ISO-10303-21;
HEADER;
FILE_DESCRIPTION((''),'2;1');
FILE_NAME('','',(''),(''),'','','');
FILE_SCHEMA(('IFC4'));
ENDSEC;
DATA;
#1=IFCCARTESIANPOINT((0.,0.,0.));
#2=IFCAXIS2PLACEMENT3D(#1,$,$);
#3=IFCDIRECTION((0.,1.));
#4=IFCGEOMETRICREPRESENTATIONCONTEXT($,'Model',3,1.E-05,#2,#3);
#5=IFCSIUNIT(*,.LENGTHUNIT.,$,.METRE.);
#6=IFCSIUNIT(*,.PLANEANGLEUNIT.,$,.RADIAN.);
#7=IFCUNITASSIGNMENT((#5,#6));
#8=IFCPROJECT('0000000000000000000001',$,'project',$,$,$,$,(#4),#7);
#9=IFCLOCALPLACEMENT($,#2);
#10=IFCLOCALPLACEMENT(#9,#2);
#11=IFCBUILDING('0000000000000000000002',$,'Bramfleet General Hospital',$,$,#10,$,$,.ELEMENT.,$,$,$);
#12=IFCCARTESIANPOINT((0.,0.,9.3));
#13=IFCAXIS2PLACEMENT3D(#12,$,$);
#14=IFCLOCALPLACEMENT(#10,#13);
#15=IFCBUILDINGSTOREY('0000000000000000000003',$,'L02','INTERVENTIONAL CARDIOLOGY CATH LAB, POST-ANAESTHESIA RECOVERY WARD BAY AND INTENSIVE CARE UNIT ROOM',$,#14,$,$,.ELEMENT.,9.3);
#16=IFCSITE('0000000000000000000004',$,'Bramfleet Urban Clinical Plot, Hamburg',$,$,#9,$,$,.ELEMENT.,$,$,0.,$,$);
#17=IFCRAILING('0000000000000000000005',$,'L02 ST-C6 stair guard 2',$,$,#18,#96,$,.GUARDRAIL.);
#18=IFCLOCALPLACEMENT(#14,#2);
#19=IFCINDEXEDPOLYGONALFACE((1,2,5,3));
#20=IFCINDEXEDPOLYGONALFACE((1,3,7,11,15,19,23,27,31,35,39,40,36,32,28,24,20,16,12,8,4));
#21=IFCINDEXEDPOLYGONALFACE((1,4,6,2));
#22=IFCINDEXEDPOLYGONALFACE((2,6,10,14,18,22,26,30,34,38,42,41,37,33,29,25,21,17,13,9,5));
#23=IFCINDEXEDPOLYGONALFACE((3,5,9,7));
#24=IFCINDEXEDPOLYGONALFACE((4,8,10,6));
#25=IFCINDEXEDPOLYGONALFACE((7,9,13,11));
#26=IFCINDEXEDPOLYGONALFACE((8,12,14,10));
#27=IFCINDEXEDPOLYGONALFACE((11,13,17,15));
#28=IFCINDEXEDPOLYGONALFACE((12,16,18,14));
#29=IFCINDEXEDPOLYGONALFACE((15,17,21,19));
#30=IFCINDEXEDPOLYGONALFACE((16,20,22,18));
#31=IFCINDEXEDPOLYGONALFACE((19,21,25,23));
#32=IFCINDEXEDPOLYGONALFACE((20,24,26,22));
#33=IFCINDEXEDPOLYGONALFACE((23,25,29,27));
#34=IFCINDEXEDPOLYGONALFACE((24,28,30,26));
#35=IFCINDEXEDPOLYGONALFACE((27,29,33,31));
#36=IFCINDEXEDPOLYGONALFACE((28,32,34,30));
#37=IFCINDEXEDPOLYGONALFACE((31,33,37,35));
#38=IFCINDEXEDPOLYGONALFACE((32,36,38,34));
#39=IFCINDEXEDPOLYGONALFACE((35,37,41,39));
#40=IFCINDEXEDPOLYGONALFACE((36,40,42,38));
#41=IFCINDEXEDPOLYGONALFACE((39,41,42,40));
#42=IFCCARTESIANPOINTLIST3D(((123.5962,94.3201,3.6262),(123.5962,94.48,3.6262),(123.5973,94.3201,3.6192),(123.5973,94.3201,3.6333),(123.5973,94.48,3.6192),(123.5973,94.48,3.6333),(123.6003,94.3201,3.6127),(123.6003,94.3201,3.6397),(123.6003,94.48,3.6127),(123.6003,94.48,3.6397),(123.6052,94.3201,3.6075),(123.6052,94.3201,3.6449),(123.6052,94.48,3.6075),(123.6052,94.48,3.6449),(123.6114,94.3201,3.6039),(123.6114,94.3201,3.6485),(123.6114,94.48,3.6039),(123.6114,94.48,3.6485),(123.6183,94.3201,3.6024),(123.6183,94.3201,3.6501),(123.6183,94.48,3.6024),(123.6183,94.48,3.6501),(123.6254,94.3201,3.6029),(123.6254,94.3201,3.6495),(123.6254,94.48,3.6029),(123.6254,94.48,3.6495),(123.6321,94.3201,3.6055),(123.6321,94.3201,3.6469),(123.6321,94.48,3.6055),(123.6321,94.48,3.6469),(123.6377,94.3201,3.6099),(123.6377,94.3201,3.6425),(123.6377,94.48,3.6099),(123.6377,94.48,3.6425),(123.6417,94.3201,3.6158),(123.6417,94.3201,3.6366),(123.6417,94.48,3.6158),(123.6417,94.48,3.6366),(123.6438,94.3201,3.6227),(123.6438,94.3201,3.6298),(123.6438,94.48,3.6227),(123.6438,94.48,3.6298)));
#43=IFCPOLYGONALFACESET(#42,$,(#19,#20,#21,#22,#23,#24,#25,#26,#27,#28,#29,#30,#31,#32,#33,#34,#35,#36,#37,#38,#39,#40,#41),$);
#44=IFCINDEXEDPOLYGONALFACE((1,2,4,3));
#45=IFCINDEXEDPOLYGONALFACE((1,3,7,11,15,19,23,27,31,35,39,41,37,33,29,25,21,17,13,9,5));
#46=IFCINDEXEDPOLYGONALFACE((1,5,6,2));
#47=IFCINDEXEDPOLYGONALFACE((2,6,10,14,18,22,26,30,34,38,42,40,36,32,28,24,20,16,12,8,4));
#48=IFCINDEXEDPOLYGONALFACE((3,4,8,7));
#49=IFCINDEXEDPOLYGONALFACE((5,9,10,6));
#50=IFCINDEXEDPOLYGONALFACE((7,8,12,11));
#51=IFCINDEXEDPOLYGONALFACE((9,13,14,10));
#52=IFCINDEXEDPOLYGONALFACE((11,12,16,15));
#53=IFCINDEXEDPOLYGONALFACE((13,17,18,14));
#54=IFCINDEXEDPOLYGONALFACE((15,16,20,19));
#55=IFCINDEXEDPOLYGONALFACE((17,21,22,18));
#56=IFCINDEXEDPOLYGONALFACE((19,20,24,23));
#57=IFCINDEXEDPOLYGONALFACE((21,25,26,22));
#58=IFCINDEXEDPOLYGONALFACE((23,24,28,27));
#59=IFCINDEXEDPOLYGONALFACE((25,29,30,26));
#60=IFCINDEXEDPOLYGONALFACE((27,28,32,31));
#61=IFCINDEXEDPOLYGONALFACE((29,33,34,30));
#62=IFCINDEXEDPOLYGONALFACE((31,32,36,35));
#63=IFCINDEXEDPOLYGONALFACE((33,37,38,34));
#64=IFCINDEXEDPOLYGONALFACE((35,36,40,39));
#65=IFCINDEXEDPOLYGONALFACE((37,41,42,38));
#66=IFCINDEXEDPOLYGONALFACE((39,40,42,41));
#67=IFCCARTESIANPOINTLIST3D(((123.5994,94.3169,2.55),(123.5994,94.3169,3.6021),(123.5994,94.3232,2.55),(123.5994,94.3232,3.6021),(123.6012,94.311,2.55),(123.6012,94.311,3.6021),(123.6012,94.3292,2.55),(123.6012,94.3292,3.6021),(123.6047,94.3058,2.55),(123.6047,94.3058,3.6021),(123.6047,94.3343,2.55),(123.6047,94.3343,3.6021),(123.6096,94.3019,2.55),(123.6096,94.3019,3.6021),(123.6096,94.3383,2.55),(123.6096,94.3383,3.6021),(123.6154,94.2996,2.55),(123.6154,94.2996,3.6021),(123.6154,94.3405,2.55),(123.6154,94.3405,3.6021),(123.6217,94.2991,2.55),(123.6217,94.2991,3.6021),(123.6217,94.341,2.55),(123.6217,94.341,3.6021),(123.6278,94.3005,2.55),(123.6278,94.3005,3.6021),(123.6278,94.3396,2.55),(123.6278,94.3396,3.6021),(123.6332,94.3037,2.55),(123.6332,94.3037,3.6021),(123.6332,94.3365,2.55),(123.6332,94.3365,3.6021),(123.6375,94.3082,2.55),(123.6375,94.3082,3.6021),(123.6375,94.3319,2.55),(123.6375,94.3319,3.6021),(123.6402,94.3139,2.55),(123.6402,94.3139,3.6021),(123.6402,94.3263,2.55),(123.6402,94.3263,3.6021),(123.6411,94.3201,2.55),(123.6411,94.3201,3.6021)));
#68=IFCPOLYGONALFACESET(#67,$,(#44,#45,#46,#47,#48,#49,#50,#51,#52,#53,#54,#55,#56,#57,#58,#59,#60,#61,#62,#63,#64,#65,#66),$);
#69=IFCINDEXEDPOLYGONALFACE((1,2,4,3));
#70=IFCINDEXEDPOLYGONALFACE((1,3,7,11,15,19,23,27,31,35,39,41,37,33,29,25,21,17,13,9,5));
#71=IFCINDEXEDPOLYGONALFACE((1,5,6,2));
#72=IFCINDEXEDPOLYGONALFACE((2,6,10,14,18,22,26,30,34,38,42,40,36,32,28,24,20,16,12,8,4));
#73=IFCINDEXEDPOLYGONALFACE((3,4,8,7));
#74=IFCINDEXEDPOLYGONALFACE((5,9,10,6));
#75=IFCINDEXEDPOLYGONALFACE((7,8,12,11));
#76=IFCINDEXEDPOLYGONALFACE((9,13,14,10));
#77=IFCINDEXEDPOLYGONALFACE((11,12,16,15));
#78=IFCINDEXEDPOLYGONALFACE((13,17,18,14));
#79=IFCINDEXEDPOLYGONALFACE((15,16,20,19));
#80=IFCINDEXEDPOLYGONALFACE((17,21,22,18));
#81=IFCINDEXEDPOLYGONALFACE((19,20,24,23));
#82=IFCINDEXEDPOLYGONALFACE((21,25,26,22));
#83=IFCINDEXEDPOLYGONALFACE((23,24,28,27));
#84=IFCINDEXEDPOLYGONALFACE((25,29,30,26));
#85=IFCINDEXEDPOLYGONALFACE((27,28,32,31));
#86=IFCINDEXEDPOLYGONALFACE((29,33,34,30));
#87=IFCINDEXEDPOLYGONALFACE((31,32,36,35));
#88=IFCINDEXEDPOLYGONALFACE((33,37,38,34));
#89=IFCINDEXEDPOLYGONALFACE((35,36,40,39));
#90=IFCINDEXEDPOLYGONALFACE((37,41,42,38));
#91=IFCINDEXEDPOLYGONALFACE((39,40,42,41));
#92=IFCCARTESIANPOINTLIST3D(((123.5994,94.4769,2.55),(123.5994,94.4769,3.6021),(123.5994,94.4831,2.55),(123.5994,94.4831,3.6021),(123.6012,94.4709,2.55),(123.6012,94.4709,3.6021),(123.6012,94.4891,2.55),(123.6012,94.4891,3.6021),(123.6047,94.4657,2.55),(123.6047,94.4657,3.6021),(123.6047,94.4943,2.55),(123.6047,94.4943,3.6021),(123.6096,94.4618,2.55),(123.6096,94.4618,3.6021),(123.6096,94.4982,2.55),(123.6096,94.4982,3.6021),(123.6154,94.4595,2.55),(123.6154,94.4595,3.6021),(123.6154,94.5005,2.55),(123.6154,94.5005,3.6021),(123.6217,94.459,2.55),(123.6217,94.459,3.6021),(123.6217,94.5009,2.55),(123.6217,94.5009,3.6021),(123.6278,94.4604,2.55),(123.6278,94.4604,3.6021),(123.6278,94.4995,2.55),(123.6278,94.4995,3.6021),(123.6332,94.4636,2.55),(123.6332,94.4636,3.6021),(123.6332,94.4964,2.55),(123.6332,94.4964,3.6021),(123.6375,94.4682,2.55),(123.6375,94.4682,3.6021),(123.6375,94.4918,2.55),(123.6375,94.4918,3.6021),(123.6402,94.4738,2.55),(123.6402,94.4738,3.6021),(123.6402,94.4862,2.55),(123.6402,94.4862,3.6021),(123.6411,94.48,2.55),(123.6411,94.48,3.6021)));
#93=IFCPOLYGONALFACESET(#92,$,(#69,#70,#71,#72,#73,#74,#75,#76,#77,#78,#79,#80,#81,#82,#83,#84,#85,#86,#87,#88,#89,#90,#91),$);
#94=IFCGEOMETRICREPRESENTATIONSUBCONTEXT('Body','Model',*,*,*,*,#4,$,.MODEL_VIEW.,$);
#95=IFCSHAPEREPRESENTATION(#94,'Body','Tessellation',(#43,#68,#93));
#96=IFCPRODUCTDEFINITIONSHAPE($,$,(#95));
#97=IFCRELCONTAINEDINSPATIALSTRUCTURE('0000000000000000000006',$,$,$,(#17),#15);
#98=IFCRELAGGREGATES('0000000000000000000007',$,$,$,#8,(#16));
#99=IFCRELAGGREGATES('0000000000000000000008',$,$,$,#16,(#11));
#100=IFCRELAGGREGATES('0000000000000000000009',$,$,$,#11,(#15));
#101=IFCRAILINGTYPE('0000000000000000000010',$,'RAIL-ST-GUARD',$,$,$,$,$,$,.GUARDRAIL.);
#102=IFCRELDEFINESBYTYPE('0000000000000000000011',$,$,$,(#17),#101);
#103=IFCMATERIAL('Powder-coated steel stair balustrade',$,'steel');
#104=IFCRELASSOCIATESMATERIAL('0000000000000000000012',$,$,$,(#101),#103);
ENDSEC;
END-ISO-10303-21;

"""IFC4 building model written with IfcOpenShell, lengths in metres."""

from ifc_helpers import new_model, si_unit, direction, frame, origin, origin_2d, place, context, subcontext, project, spatial, circle, extrude, material, type_object, element, save


model = new_model("IFC4")

# Units and contexts
model_context = context("Model", 3, precision=1e-05, world=origin(), true_north=direction((0.0, 1.0)))
body_context = subcontext(model_context, "Body", "Model", "MODEL_VIEW")
ifc_project = project(units=[si_unit("LENGTHUNIT", "METRE"), si_unit("PLANEANGLEUNIT", "RADIAN")], contexts=[model_context])

# Site, building, storey
site_placement = place(None, origin())
site = spatial("IfcSite", under=ifc_project, at=site_placement, Name="Bramfleet Urban Clinical Plot, Hamburg", CompositionType="ELEMENT", RefElevation=0.0)
building_placement = place(site_placement, origin())
building = spatial("IfcBuilding", under=site, at=building_placement, Name="Bramfleet General Hospital", CompositionType="ELEMENT")
storey_placement = place(building_placement, frame((0.0, 0.0, 9.3)))
storey = spatial("IfcBuildingStorey", under=building, at=storey_placement, Name="L02", Description="INTERVENTIONAL CARDIOLOGY CATH LAB, POST-ANAESTHESIA RECOVERY WARD BAY AND INTENSIVE CARE UNIT ROOM", CompositionType="ELEMENT", Elevation=9.3)

# Railing
ifc_material_1 = material(Name="Powder-coated steel stair balustrade", Category="steel")
railing_type = type_object("IfcRailingType", Name="RAIL-ST-GUARD", PredefinedType="GUARDRAIL", material=ifc_material_1)
railing_1_placement = place(storey_placement, frame((123.6201, 94.3201, 2.55)))
element("IfcRailing", 1, at=railing_1_placement, inside=storey, type_object=railing_type, Name="L02 ST-C6 stair guard 2", PredefinedType="GUARDRAIL", context=body_context, shape_type="SweptSolid", body=[
    extrude(circle(Radius=0.0239, at=origin_2d()), frame((0.0, 0.0, 1.0762), z_axis=(0.0, 1.0, 0.0), x_axis=(-1.0, 0.0, 0.0)), (0.0, 0.0, 1.0), 0.1599),
    extrude(circle(Radius=0.021, at=origin_2d()), origin(), (0.0, 0.0, 1.0), 1.052),
    extrude(circle(Radius=0.021, at=origin_2d()), frame((0.0, 0.1599, 0.0)), (0.0, 0.0, 1.0), 1.052),
])

save(model, "model.ifc")
